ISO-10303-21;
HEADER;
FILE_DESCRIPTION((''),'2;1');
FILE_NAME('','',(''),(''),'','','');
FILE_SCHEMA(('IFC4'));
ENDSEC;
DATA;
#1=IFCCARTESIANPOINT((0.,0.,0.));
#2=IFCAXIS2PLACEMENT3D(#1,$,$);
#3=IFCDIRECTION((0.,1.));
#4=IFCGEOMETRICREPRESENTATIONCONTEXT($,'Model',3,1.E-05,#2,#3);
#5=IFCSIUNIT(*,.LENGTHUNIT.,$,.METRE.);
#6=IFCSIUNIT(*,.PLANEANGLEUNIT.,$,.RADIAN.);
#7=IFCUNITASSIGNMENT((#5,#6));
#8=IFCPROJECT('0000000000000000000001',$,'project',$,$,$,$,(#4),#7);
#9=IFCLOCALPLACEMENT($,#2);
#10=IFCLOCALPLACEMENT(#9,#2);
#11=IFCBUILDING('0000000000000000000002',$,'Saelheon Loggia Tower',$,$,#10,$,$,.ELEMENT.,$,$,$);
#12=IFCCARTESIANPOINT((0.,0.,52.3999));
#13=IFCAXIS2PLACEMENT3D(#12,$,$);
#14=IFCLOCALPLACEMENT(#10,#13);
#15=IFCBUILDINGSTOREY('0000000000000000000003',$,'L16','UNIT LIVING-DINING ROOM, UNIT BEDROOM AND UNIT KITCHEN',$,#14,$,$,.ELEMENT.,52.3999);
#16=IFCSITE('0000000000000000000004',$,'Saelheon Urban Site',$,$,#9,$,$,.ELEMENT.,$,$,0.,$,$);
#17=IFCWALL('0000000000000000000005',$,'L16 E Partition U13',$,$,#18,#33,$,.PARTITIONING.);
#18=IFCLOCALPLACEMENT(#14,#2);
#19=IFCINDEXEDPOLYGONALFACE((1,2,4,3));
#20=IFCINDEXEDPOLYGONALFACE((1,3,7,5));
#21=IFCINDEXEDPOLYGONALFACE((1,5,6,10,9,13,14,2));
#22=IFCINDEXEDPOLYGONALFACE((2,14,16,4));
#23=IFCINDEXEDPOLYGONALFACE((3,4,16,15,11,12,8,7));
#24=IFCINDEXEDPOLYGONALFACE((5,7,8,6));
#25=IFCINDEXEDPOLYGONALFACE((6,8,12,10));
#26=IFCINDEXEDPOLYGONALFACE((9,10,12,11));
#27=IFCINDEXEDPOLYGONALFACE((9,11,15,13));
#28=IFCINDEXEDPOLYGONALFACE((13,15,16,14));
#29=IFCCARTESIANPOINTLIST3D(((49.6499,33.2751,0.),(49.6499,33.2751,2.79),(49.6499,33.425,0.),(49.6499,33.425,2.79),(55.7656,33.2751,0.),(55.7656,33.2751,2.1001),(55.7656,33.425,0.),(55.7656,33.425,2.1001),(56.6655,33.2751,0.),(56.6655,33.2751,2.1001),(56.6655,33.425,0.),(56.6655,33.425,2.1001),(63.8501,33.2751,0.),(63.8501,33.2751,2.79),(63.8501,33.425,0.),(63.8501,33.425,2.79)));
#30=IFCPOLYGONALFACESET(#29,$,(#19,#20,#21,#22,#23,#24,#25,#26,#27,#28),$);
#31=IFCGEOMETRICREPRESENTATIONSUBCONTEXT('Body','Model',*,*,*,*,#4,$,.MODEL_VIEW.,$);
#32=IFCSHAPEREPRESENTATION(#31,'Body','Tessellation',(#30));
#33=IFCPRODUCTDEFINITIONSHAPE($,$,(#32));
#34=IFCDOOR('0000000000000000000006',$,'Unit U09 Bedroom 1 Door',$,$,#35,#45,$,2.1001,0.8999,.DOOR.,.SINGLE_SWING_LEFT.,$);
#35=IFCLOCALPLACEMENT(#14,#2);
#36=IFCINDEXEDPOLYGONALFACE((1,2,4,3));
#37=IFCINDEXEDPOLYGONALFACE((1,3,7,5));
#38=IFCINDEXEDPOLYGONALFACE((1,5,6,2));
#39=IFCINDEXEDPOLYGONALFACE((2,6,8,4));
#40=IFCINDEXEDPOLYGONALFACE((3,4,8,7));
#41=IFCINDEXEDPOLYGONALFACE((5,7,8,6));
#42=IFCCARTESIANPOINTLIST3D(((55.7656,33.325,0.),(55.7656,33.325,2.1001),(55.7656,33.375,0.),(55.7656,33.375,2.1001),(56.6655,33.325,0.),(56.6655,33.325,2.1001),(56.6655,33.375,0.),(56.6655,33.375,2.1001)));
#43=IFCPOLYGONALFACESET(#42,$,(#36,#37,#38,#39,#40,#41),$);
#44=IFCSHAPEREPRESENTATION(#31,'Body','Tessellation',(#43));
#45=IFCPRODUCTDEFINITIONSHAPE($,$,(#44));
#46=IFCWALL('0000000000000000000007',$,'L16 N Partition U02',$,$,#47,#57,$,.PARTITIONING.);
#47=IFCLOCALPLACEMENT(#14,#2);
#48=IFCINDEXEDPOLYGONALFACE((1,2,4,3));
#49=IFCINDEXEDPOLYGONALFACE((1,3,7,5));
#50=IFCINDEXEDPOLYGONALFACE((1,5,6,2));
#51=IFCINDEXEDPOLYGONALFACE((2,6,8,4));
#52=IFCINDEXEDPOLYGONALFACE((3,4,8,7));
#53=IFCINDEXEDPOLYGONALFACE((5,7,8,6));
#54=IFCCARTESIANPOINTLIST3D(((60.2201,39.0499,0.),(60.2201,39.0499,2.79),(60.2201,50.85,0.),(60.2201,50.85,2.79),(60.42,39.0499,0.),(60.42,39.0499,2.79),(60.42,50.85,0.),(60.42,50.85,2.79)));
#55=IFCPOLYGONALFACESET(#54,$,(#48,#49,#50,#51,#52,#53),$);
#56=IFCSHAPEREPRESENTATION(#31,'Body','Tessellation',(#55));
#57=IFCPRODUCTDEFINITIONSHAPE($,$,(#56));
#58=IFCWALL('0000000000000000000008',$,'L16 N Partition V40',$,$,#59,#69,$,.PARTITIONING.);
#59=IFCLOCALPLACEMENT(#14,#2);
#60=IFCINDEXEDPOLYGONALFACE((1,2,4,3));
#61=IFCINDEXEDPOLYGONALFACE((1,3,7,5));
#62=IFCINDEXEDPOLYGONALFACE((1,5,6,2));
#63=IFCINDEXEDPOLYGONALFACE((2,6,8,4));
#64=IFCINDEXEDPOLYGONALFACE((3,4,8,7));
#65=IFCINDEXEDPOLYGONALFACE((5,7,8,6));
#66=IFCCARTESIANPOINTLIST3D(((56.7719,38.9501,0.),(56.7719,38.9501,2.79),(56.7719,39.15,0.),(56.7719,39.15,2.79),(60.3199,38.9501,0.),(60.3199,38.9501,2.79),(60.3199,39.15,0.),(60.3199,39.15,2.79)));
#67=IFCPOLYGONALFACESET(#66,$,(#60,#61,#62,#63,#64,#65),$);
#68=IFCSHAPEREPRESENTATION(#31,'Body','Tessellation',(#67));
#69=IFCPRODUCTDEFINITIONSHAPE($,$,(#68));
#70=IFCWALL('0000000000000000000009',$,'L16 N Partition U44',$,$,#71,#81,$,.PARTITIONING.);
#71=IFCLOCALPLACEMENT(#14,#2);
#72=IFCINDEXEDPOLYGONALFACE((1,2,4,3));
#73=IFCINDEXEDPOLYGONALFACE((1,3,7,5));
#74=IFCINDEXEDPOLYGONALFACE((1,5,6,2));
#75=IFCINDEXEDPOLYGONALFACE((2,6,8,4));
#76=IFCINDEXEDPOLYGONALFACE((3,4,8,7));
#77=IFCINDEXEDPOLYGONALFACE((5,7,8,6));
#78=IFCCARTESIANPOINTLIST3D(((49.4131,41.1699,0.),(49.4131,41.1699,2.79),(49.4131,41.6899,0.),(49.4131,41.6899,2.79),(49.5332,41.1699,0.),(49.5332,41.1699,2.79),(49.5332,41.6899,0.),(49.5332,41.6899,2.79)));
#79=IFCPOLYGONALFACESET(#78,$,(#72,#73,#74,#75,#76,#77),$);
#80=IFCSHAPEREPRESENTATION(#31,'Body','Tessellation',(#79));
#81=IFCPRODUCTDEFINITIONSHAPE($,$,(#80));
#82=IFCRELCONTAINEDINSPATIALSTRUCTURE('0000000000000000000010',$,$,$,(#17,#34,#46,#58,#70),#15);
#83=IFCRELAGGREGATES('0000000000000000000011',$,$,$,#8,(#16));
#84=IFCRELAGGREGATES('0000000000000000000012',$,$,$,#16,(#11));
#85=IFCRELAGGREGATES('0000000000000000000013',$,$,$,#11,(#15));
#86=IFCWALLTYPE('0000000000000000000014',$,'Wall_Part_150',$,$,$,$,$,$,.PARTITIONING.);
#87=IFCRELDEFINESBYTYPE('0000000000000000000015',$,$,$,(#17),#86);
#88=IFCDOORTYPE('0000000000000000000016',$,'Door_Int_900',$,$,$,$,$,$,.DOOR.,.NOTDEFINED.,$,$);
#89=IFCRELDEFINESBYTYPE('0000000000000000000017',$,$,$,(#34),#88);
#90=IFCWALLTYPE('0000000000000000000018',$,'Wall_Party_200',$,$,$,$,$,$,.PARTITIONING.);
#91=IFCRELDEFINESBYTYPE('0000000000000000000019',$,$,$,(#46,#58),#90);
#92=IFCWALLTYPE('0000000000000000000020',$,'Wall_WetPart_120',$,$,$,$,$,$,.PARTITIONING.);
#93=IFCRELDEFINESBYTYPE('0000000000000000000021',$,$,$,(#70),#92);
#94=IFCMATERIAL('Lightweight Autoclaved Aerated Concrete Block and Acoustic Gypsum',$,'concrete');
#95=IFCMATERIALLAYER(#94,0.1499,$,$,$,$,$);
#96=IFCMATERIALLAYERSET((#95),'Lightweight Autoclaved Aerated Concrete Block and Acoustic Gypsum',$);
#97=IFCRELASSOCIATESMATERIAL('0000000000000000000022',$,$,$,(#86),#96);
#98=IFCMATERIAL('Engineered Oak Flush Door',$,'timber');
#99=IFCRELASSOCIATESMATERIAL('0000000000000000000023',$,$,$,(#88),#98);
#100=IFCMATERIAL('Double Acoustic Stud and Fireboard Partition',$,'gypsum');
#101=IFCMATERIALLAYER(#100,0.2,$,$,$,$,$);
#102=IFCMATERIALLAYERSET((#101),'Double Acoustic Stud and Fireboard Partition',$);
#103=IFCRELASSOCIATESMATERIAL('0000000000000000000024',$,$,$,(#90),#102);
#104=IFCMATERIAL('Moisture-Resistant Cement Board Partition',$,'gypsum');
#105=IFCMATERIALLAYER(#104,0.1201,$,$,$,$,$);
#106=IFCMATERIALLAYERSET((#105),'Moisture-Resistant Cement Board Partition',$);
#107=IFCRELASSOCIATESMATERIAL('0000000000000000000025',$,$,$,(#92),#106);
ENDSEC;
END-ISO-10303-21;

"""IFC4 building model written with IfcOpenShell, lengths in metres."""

from ifc_helpers import new_model, si_unit, direction, frame, frame_2d, origin, place, context, subcontext, project, spatial, rectangle, extrude, source, transform, mapped, material, layer, layer_set, type_object, element, fill, save


model = new_model("IFC4")

# Units and contexts
model_context = context("Model", 3, precision=1e-05, world=origin(), true_north=direction((0.0, 1.0)))
body_context = subcontext(model_context, "Body", "Model", "MODEL_VIEW")
ifc_project = project(units=[si_unit("LENGTHUNIT", "METRE"), si_unit("PLANEANGLEUNIT", "RADIAN")], contexts=[model_context])

# Site, building, storey
site_placement = place(None, origin())
site = spatial("IfcSite", under=ifc_project, at=site_placement, Name="Saelheon Urban Site", CompositionType="ELEMENT", RefElevation=0.0)
building_placement = place(site_placement, origin())
building = spatial("IfcBuilding", under=site, at=building_placement, Name="Saelheon Loggia Tower", CompositionType="ELEMENT")
storey_placement = place(building_placement, frame((0.0, 0.0, 52.3999)))
storey = spatial("IfcBuildingStorey", under=building, at=storey_placement, Name="L16", Description="UNIT LIVING-DINING ROOM, UNIT BEDROOM AND UNIT KITCHEN", CompositionType="ELEMENT", Elevation=52.3999)

# Shared definitions
ifc_material_1 = material(Name="Lightweight Autoclaved Aerated Concrete Block and Acoustic Gypsum", Category="concrete")
ifc_layer_1 = layer(ifc_material_1, 0.1499)
ifc_layer_set_1 = layer_set([ifc_layer_1], Name="Lightweight Autoclaved Aerated Concrete Block and Acoustic Gypsum")
wall_type_1 = type_object("IfcWallType", Name="Wall_Part_150", PredefinedType="PARTITIONING", material=ifc_layer_set_1)

# Shared definitions
ifc_material_2 = material(Name="Engineered Oak Flush Door", Category="timber")
door_type = type_object("IfcDoorType", Name="Door_Int_900", OperationType="NOTDEFINED", PredefinedType="DOOR", material=ifc_material_2)
shared_shape_1 = source(origin(), body_context, "Body", "SweptSolid", [
    extrude(rectangle(XDim=0.8999, YDim=2.1001, at=frame_2d((0.45, 1.05))), frame((0.0, 0.0249, 0.0), z_axis=(0.0, -1.0, 0.0), x_axis=(1.0, 0.0, 0.0)), (0.0, 0.0, 1.0), 0.05),
])

# Wall, opening, door
wall_1_placement = place(storey_placement, frame((49.6499, 33.3501, 0.0), z_axis=(0.0, 0.0, 1.0), x_axis=(1.0, 0.0, 0.0)))
wall_1 = element("IfcWall", 1, at=wall_1_placement, inside=storey, type_object=wall_type_1, Name="L16 E Partition U13", PredefinedType="PARTITIONING", context=body_context, shape_type="SweptSolid", body=[
    extrude(rectangle(XDim=14.2002, YDim=0.1499, at=frame_2d((7.1001, 0.0))), origin(), (0.0, 0.0, 1.0), 2.79),
])
opening_1_placement = place(wall_1_placement, frame((6.1157, 0.0, 0.0)))
opening_1 = element("IfcOpeningElement", 2, at=opening_1_placement, cuts=wall_1, PredefinedType="OPENING", context=body_context, shape_type="SweptSolid", body=[
    extrude(rectangle(XDim=0.8999, YDim=2.1001, at=frame_2d((0.45, 1.05))), frame((0.0, 0.0869, 0.0), z_axis=(0.0, -1.0, 0.0), x_axis=(1.0, 0.0, 0.0)), (0.0, 0.0, 1.0), 0.1738),
])
door_1_placement = place(opening_1_placement, origin())
door_1 = element("IfcDoor", 3, at=door_1_placement, inside=storey, type_object=door_type, Name="Unit U09 Bedroom 1 Door", OperationType="SINGLE_SWING_LEFT", OverallHeight=2.1001, OverallWidth=0.8999, PredefinedType="DOOR", context=body_context, shape_type="MappedRepresentation", body=[
    mapped(shared_shape_1, transform((0.0, 0.0, 0.0), scale=1.0)),
])
fill(opening_1, door_1)

# Walls
ifc_material_3 = material(Name="Double Acoustic Stud and Fireboard Partition", Category="gypsum")
ifc_layer_2 = layer(ifc_material_3, 0.2)
ifc_layer_set_2 = layer_set([ifc_layer_2], Name="Double Acoustic Stud and Fireboard Partition")
wall_type_2 = type_object("IfcWallType", Name="Wall_Party_200", PredefinedType="PARTITIONING", material=ifc_layer_set_2)
wall_2_placement = place(storey_placement, frame((60.3201, 39.05, 0.0), z_axis=(0.0, 0.0, 1.0), x_axis=(0.0, 1.0, 0.0)))
element("IfcWall", 4, at=wall_2_placement, inside=storey, type_object=wall_type_2, Name="L16 N Partition U02", PredefinedType="PARTITIONING", context=body_context, shape_type="SweptSolid", body=[
    extrude(rectangle(XDim=11.8, YDim=0.2, at=frame_2d((5.8999, 0.0))), origin(), (0.0, 0.0, 1.0), 2.79),
])
wall_3_placement = place(storey_placement, frame((56.772, 39.05, 0.0), z_axis=(0.0, 0.0, 1.0), x_axis=(1.0, 0.0, 0.0)))
element("IfcWall", 5, at=wall_3_placement, inside=storey, type_object=wall_type_2, Name="L16 N Partition V40", PredefinedType="PARTITIONING", context=body_context, shape_type="SweptSolid", body=[
    extrude(rectangle(XDim=3.5481, YDim=0.2, at=frame_2d((1.7739, 0.0))), origin(), (0.0, 0.0, 1.0), 2.79),
])
ifc_material_4 = material(Name="Moisture-Resistant Cement Board Partition", Category="gypsum")
ifc_layer_3 = layer(ifc_material_4, 0.1201)
ifc_layer_set_3 = layer_set([ifc_layer_3], Name="Moisture-Resistant Cement Board Partition")
wall_type_3 = type_object("IfcWallType", Name="Wall_WetPart_120", PredefinedType="PARTITIONING", material=ifc_layer_set_3)
wall_4_placement = place(storey_placement, frame((49.4731, 41.1699, 0.0), z_axis=(0.0, 0.0, 1.0), x_axis=(0.0, 1.0, 0.0)))
element("IfcWall", 6, at=wall_4_placement, inside=storey, type_object=wall_type_3, Name="L16 N Partition U44", PredefinedType="PARTITIONING", context=body_context, shape_type="SweptSolid", body=[
    extrude(rectangle(XDim=0.52, YDim=0.1201, at=frame_2d((0.26, 0.0))), origin(), (0.0, 0.0, 1.0), 2.79),
])

save(model, "model.ifc")
